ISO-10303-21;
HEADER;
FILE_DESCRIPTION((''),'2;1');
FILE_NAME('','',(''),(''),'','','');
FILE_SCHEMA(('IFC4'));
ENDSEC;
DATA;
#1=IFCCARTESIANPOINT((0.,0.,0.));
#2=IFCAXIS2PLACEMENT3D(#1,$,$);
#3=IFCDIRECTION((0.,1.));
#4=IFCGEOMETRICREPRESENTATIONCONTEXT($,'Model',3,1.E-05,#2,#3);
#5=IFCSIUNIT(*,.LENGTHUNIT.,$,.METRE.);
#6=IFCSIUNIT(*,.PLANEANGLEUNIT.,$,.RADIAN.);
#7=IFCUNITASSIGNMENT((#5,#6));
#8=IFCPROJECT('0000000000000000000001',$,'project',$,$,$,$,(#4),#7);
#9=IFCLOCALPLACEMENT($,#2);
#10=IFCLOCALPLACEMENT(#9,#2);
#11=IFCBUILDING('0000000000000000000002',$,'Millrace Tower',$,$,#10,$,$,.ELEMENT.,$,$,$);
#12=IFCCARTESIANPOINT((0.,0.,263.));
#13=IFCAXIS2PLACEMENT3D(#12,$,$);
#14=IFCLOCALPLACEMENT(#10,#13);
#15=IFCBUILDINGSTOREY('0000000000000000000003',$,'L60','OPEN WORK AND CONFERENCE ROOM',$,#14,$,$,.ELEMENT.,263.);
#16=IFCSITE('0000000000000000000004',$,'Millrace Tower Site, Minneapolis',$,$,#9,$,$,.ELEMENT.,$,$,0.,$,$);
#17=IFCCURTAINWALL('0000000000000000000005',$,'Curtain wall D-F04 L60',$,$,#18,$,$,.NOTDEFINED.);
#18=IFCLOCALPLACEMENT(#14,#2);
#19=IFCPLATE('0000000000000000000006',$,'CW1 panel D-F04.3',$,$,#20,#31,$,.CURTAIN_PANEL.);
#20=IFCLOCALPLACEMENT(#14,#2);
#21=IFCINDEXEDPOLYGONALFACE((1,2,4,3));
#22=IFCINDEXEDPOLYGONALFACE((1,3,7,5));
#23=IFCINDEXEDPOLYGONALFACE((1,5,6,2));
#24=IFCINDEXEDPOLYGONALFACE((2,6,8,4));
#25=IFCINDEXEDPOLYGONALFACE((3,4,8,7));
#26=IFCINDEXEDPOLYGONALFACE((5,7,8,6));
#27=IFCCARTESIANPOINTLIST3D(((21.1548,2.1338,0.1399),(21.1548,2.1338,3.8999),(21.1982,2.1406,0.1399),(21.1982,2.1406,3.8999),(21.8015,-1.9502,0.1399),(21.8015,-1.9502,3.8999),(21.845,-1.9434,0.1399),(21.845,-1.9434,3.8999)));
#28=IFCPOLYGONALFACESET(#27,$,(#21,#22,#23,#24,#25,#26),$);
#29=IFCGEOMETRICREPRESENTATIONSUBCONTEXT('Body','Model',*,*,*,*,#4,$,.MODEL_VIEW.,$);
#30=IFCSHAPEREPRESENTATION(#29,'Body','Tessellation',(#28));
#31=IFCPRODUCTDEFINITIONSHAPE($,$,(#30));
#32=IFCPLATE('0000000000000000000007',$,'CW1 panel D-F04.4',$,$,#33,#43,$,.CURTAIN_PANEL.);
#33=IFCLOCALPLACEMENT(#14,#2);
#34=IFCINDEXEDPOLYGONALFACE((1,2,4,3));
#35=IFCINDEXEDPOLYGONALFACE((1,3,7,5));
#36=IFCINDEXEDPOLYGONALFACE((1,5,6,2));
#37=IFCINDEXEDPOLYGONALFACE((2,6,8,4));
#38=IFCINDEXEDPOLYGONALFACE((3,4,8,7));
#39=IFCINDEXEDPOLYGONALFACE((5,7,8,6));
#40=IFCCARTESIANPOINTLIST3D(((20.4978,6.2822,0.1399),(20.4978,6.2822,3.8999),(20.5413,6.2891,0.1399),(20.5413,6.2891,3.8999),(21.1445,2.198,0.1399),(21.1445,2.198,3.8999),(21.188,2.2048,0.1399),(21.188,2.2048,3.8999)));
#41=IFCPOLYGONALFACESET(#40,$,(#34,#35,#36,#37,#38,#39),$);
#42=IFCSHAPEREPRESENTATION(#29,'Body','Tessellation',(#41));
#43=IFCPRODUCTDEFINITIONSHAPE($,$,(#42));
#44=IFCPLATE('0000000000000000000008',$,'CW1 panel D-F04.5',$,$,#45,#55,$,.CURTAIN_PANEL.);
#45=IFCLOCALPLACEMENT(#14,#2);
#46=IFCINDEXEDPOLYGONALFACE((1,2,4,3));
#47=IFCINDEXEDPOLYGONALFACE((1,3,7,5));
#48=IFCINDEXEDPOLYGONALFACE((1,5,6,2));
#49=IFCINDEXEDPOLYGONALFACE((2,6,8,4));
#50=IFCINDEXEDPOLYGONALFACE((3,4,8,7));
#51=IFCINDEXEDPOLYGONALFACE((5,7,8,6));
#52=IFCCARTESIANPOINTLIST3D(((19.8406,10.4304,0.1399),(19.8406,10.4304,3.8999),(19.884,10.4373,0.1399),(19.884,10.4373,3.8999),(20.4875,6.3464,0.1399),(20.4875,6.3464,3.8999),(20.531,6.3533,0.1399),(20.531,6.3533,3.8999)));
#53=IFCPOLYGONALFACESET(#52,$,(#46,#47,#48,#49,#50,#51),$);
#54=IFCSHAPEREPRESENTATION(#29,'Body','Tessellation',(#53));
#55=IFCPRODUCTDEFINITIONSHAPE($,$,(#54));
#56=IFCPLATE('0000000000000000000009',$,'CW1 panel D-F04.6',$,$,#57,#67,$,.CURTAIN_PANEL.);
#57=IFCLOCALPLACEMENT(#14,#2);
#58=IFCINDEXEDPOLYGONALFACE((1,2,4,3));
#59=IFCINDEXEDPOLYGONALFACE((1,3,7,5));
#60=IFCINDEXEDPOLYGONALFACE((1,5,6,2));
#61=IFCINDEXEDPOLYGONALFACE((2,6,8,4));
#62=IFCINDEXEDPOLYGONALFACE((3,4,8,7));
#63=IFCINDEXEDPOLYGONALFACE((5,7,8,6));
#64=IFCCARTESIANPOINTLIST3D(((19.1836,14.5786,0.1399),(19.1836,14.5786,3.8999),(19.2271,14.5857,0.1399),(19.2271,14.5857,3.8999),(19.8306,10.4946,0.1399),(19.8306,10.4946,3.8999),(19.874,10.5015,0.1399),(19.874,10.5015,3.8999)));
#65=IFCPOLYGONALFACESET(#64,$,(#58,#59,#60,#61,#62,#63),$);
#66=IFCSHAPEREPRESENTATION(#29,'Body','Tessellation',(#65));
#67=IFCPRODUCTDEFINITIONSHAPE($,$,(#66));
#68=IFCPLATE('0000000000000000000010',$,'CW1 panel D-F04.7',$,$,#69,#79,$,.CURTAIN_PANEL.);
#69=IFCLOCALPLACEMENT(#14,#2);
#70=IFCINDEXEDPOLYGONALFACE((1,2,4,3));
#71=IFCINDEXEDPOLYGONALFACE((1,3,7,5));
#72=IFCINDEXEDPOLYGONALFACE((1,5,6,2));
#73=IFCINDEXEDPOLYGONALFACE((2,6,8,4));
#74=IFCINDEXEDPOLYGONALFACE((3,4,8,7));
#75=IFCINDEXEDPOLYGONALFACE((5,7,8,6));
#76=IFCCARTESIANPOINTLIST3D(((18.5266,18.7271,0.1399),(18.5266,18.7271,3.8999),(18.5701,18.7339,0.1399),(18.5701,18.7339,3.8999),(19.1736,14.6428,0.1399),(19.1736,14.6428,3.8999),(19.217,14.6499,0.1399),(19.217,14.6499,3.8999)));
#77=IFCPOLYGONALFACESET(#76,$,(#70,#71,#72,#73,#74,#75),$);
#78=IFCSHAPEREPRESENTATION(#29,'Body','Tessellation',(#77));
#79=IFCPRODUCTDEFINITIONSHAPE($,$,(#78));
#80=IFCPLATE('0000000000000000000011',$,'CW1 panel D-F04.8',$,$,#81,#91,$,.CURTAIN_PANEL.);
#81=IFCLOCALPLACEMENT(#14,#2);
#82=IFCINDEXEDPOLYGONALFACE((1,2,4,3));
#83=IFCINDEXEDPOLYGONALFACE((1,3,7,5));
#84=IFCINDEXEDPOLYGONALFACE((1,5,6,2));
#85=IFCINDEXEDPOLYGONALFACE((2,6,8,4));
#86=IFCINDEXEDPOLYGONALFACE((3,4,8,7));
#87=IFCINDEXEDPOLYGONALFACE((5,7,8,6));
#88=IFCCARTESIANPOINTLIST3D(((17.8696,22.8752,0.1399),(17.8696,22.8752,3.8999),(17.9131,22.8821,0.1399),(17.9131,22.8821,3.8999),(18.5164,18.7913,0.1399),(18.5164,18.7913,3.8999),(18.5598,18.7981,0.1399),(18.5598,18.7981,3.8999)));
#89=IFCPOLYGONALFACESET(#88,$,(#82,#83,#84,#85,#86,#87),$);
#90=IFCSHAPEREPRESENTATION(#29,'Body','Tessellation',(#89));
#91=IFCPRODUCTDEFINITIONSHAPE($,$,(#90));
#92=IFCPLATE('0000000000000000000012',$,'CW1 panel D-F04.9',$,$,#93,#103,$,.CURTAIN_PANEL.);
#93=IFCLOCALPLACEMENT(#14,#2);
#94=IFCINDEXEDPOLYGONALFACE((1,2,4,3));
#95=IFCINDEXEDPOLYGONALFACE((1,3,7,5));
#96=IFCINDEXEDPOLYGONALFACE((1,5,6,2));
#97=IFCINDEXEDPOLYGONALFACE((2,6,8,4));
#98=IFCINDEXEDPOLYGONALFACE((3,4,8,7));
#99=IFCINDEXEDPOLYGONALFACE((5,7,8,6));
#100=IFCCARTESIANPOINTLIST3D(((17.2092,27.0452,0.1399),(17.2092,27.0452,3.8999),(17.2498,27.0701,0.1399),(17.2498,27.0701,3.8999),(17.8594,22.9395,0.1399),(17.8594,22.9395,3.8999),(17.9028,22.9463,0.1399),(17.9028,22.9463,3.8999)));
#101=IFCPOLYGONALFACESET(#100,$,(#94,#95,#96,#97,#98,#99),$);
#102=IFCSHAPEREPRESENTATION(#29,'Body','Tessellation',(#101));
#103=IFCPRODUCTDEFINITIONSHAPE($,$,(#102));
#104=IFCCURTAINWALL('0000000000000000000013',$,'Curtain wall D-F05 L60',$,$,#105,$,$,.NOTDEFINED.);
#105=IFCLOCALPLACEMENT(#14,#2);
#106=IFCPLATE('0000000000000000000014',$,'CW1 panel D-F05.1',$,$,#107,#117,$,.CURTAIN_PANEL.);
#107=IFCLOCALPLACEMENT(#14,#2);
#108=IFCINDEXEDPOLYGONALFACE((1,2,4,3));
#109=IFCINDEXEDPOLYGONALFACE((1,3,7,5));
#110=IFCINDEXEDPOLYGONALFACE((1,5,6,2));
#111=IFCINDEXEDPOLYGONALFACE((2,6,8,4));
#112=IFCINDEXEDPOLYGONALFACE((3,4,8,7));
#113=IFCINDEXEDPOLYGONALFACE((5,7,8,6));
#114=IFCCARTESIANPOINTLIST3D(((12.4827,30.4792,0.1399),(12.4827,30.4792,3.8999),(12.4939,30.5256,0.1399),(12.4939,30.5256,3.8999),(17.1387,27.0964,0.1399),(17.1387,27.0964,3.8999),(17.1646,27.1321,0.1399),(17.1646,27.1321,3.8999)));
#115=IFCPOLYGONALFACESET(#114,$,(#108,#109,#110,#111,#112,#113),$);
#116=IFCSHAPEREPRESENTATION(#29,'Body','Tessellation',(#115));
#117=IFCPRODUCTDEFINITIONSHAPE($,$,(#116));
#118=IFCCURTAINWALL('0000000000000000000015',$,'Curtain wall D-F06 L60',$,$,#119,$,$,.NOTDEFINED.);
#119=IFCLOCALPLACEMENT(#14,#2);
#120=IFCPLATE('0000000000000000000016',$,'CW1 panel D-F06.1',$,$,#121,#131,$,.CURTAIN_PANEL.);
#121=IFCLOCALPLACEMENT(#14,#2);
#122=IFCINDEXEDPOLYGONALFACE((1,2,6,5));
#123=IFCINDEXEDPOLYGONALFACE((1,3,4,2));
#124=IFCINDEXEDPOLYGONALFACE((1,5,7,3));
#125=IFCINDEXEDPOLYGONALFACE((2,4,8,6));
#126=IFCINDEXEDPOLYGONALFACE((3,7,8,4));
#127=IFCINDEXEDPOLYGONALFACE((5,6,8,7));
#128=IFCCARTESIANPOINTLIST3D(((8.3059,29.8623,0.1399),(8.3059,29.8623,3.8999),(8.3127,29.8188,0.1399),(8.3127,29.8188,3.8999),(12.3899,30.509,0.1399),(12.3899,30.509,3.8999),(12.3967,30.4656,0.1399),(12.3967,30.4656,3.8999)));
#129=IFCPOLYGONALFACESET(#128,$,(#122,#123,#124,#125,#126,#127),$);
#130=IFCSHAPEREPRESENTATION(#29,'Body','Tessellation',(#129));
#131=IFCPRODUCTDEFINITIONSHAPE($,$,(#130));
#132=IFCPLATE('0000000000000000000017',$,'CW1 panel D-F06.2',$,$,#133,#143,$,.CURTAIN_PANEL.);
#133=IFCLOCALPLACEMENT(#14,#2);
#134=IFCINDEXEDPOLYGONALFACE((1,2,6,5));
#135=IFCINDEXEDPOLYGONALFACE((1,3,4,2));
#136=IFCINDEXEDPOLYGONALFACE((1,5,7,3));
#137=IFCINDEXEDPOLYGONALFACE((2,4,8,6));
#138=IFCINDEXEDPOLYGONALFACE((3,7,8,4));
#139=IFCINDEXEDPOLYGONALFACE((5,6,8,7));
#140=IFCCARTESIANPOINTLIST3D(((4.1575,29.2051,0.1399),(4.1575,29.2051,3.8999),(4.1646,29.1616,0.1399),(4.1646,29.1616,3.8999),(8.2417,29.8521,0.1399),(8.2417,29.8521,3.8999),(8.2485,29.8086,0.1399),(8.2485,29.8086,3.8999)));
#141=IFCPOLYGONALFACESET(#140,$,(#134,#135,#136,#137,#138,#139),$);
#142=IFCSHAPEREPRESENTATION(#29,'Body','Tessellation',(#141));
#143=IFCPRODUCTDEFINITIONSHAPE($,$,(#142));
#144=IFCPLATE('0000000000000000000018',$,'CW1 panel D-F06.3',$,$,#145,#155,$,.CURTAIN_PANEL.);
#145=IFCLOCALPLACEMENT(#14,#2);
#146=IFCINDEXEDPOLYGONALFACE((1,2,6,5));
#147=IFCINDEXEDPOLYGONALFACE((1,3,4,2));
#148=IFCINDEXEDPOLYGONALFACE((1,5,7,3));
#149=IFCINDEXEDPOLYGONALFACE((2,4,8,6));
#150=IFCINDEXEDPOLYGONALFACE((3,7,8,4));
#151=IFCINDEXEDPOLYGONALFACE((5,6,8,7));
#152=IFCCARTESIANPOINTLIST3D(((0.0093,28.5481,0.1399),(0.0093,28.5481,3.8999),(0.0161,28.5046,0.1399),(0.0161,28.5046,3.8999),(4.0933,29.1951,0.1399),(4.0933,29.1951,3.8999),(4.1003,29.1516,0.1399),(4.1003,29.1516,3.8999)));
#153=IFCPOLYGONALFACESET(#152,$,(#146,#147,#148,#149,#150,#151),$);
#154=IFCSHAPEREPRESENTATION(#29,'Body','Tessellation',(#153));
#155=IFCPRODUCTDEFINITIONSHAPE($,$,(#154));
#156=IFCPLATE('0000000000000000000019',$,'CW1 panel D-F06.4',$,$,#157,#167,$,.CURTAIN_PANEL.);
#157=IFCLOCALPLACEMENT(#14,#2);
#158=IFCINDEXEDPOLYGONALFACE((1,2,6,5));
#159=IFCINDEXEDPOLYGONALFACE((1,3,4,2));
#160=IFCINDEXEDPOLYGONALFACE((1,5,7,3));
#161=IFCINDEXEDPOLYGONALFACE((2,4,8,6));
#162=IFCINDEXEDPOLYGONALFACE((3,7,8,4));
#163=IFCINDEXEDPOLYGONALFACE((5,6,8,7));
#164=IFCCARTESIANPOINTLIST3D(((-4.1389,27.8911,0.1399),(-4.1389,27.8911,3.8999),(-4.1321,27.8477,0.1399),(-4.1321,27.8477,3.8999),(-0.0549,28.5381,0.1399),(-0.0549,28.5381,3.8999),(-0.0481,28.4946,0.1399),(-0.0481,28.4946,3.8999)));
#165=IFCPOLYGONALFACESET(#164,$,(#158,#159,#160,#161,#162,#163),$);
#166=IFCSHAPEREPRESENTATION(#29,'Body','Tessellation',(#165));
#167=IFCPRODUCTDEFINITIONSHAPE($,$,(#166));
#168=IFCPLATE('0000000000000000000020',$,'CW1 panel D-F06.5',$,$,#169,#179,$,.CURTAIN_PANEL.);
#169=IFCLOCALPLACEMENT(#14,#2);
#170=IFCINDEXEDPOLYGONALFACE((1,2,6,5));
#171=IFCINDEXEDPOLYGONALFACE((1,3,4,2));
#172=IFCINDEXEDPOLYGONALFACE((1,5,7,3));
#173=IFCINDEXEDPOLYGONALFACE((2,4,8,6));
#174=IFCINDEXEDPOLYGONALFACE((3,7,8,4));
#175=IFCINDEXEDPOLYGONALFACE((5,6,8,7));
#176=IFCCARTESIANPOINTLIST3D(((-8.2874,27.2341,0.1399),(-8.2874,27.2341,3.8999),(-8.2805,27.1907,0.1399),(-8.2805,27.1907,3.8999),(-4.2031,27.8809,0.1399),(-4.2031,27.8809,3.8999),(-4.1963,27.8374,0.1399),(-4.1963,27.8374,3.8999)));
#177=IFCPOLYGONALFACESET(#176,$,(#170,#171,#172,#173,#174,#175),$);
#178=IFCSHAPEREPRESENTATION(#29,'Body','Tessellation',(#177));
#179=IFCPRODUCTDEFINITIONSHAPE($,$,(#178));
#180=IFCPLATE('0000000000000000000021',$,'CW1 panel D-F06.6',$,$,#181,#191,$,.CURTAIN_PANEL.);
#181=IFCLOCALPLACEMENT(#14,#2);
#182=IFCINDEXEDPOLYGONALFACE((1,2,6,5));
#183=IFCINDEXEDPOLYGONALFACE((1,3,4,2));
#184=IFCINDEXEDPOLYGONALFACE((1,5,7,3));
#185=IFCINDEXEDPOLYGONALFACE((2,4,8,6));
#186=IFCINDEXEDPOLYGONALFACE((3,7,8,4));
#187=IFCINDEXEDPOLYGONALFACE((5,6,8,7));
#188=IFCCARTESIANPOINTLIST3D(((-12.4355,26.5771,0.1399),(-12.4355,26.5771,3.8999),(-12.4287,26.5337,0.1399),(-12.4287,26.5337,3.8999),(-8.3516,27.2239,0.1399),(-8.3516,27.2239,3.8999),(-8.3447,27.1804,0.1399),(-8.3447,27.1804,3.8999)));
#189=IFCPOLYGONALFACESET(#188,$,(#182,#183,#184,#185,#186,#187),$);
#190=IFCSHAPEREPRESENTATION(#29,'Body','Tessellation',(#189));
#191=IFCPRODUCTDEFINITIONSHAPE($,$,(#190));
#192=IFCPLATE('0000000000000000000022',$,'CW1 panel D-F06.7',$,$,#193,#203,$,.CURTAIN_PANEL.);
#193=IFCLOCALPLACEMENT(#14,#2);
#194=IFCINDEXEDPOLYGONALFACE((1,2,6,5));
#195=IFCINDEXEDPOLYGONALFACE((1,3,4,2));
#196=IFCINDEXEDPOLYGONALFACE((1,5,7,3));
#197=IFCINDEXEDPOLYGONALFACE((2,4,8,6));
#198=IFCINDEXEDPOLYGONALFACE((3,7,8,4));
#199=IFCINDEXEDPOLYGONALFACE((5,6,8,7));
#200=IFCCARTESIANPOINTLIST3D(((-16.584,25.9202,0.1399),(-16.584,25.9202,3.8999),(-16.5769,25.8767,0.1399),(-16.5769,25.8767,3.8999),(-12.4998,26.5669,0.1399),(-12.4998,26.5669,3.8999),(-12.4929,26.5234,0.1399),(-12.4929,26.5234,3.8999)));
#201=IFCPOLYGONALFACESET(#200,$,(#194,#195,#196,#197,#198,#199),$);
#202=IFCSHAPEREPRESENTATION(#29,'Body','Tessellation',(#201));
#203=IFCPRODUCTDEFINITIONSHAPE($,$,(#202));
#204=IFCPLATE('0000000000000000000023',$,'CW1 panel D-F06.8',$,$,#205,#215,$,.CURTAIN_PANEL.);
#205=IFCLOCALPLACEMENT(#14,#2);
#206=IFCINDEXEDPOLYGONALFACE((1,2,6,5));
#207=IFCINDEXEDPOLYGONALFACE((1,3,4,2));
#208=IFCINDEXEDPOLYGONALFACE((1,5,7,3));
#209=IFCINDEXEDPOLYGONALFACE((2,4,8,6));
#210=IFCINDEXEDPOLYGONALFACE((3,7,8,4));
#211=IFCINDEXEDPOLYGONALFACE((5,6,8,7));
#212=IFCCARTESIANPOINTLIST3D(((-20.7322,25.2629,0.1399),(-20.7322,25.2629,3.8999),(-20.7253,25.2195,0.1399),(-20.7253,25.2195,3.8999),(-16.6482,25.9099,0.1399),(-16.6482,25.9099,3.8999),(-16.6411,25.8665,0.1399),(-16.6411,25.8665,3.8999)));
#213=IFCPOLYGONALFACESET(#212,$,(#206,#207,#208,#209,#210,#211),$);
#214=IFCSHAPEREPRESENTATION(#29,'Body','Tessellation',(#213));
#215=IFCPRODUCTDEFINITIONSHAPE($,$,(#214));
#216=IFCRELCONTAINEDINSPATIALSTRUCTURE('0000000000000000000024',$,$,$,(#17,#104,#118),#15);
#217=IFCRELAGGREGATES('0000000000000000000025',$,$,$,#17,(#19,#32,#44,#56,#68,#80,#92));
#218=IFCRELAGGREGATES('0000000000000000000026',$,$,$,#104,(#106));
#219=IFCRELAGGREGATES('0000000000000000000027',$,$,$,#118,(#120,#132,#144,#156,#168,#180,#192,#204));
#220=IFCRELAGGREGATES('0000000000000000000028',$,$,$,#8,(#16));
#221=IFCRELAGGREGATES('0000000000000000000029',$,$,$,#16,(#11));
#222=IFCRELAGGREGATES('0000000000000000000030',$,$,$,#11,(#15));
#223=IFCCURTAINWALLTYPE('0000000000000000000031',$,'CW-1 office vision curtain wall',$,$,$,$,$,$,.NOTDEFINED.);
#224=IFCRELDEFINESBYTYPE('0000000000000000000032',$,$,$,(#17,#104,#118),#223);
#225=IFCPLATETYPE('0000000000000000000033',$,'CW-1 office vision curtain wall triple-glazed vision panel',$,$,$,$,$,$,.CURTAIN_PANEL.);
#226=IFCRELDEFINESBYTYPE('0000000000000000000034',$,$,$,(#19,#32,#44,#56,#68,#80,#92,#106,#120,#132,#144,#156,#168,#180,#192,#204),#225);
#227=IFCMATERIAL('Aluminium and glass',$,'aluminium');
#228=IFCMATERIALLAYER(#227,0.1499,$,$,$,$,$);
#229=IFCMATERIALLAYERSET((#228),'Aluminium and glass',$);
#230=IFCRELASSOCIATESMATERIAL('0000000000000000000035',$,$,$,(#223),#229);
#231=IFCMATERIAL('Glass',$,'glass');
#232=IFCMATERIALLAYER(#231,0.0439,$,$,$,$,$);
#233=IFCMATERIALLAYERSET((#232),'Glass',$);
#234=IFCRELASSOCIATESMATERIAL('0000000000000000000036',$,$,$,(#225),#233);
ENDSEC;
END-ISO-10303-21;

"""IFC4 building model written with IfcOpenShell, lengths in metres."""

from ifc_helpers import new_model, si_unit, direction, frame, origin, place, context, subcontext, project, spatial, polyline, outline, extrude, material, layer, layer_set, type_object, element, aggregate, save


model = new_model("IFC4")

# Units and contexts
model_context = context("Model", 3, precision=1e-05, world=origin(), true_north=direction((0.0, 1.0)))
body_context = subcontext(model_context, "Body", "Model", "MODEL_VIEW")
ifc_project = project(units=[si_unit("LENGTHUNIT", "METRE"), si_unit("PLANEANGLEUNIT", "RADIAN")], contexts=[model_context])

# Site, building, storey
site_placement = place(None, origin())
site = spatial("IfcSite", under=ifc_project, at=site_placement, Name="Millrace Tower Site, Minneapolis", CompositionType="ELEMENT", RefElevation=0.0)
building_placement = place(site_placement, origin())
building = spatial("IfcBuilding", under=site, at=building_placement, Name="Millrace Tower", CompositionType="ELEMENT")
storey_placement = place(building_placement, frame((0.0, 0.0, 263.0)))
storey = spatial("IfcBuildingStorey", under=building, at=storey_placement, Name="L60", Description="OPEN WORK AND CONFERENCE ROOM", CompositionType="ELEMENT", Elevation=263.0)

# Curtain wall, plates
ifc_material_1 = material(Name="Aluminium and glass", Category="aluminium")
ifc_layer_1 = layer(ifc_material_1, 0.1499)
ifc_layer_set_1 = layer_set([ifc_layer_1], Name="Aluminium and glass")
curtain_wall_type = type_object("IfcCurtainWallType", Name="CW-1 office vision curtain wall", PredefinedType="NOTDEFINED", material=ifc_layer_set_1)
placement_1 = place(storey_placement, origin())
curtain_wall_1 = element("IfcCurtainWall", 1, at=placement_1, inside=storey, type_object=curtain_wall_type, Name="Curtain wall D-F04 L60", PredefinedType="NOTDEFINED")
ifc_material_2 = material(Name="Glass", Category="glass")
ifc_layer_2 = layer(ifc_material_2, 0.0439)
ifc_layer_set_2 = layer_set([ifc_layer_2], Name="Glass")
plate_type = type_object("IfcPlateType", Name="CW-1 office vision curtain wall triple-glazed vision panel", PredefinedType="CURTAIN_PANEL", material=ifc_layer_set_2)
placement_2 = place(storey_placement, frame((0.0, 0.0, 0.1399)))
plate_1 = element("IfcPlate", 2, at=placement_2, type_object=plate_type, Name="CW1 panel D-F04.3", PredefinedType="CURTAIN_PANEL", context=body_context, shape_type="SweptSolid", body=[
    extrude(outline(polyline([(21.845, -1.9434), (21.1982, 2.1406), (21.1548, 2.1338), (21.8015, -1.9502), (21.845, -1.9434)])), origin(), (0.0, 0.0, 1.0), 3.76),
])
plate_2 = element("IfcPlate", 3, at=placement_2, type_object=plate_type, Name="CW1 panel D-F04.4", PredefinedType="CURTAIN_PANEL", context=body_context, shape_type="SweptSolid", body=[
    extrude(outline(polyline([(21.188, 2.2048), (20.5413, 6.2891), (20.4978, 6.2822), (21.1445, 2.198), (21.188, 2.2048)])), origin(), (0.0, 0.0, 1.0), 3.76),
])
plate_3 = element("IfcPlate", 4, at=placement_2, type_object=plate_type, Name="CW1 panel D-F04.5", PredefinedType="CURTAIN_PANEL", context=body_context, shape_type="SweptSolid", body=[
    extrude(outline(polyline([(20.531, 6.3533), (19.884, 10.4373), (19.8406, 10.4304), (20.4875, 6.3464), (20.531, 6.3533)])), origin(), (0.0, 0.0, 1.0), 3.76),
])
plate_4 = element("IfcPlate", 5, at=placement_2, type_object=plate_type, Name="CW1 panel D-F04.6", PredefinedType="CURTAIN_PANEL", context=body_context, shape_type="SweptSolid", body=[
    extrude(outline(polyline([(19.874, 10.5015), (19.2271, 14.5857), (19.1836, 14.5786), (19.8306, 10.4946), (19.874, 10.5015)])), origin(), (0.0, 0.0, 1.0), 3.76),
])
plate_5 = element("IfcPlate", 6, at=placement_2, type_object=plate_type, Name="CW1 panel D-F04.7", PredefinedType="CURTAIN_PANEL", context=body_context, shape_type="SweptSolid", body=[
    extrude(outline(polyline([(19.217, 14.6499), (18.5701, 18.7339), (18.5266, 18.7271), (19.1736, 14.6428), (19.217, 14.6499)])), origin(), (0.0, 0.0, 1.0), 3.76),
])
plate_6 = element("IfcPlate", 7, at=placement_2, type_object=plate_type, Name="CW1 panel D-F04.8", PredefinedType="CURTAIN_PANEL", context=body_context, shape_type="SweptSolid", body=[
    extrude(outline(polyline([(18.5598, 18.7981), (17.9131, 22.8821), (17.8696, 22.8752), (18.5164, 18.7913), (18.5598, 18.7981)])), origin(), (0.0, 0.0, 1.0), 3.76),
])
plate_7 = element("IfcPlate", 8, at=placement_2, type_object=plate_type, Name="CW1 panel D-F04.9", PredefinedType="CURTAIN_PANEL", context=body_context, shape_type="SweptSolid", body=[
    extrude(outline(polyline([(17.9028, 22.9463), (17.2498, 27.0701), (17.2092, 27.0452), (17.8594, 22.9395), (17.9028, 22.9463)])), origin(), (0.0, 0.0, 1.0), 3.76),
])
aggregate(curtain_wall_1, [plate_1, plate_2, plate_3, plate_4, plate_5, plate_6, plate_7])

# Curtain wall, plate
curtain_wall_2 = element("IfcCurtainWall", 9, at=placement_1, inside=storey, type_object=curtain_wall_type, Name="Curtain wall D-F05 L60", PredefinedType="NOTDEFINED")
plate_8 = element("IfcPlate", 10, at=placement_2, type_object=plate_type, Name="CW1 panel D-F05.1", PredefinedType="CURTAIN_PANEL", context=body_context, shape_type="SweptSolid", body=[
    extrude(outline(polyline([(17.1646, 27.1321), (12.4939, 30.5256), (12.4827, 30.4792), (17.1387, 27.0964), (17.1646, 27.1321)])), origin(), (0.0, 0.0, 1.0), 3.76),
])
aggregate(curtain_wall_2, [plate_8])

# Curtain wall, plates
curtain_wall_3 = element("IfcCurtainWall", 11, at=placement_1, inside=storey, type_object=curtain_wall_type, Name="Curtain wall D-F06 L60", PredefinedType="NOTDEFINED")
plate_9 = element("IfcPlate", 12, at=placement_2, type_object=plate_type, Name="CW1 panel D-F06.1", PredefinedType="CURTAIN_PANEL", context=body_context, shape_type="SweptSolid", body=[
    extrude(outline(polyline([(12.3899, 30.509), (8.3059, 29.8623), (8.3127, 29.8188), (12.3967, 30.4656), (12.3899, 30.509)])), origin(), (0.0, 0.0, 1.0), 3.76),
])
plate_10 = element("IfcPlate", 13, at=placement_2, type_object=plate_type, Name="CW1 panel D-F06.2", PredefinedType="CURTAIN_PANEL", context=body_context, shape_type="SweptSolid", body=[
    extrude(outline(polyline([(8.2417, 29.8521), (4.1575, 29.2051), (4.1646, 29.1616), (8.2485, 29.8086), (8.2417, 29.8521)])), origin(), (0.0, 0.0, 1.0), 3.76),
])
plate_11 = element("IfcPlate", 14, at=placement_2, type_object=plate_type, Name="CW1 panel D-F06.3", PredefinedType="CURTAIN_PANEL", context=body_context, shape_type="SweptSolid", body=[
    extrude(outline(polyline([(4.0933, 29.1951), (0.0093, 28.5481), (0.0161, 28.5046), (4.1003, 29.1516), (4.0933, 29.1951)])), origin(), (0.0, 0.0, 1.0), 3.76),
])
plate_12 = element("IfcPlate", 15, at=placement_2, type_object=plate_type, Name="CW1 panel D-F06.4", PredefinedType="CURTAIN_PANEL", context=body_context, shape_type="SweptSolid", body=[
    extrude(outline(polyline([(-0.0549, 28.5381), (-4.1389, 27.8911), (-4.1321, 27.8477), (-0.0481, 28.4946), (-0.0549, 28.5381)])), origin(), (0.0, 0.0, 1.0), 3.76),
])
plate_13 = element("IfcPlate", 16, at=placement_2, type_object=plate_type, Name="CW1 panel D-F06.5", PredefinedType="CURTAIN_PANEL", context=body_context, shape_type="SweptSolid", body=[
    extrude(outline(polyline([(-4.2031, 27.8809), (-8.2874, 27.2341), (-8.2805, 27.1907), (-4.1963, 27.8374), (-4.2031, 27.8809)])), origin(), (0.0, 0.0, 1.0), 3.76),
])
plate_14 = element("IfcPlate", 17, at=placement_2, type_object=plate_type, Name="CW1 panel D-F06.6", PredefinedType="CURTAIN_PANEL", context=body_context, shape_type="SweptSolid", body=[
    extrude(outline(polyline([(-8.3516, 27.2239), (-12.4355, 26.5771), (-12.4287, 26.5337), (-8.3447, 27.1804), (-8.3516, 27.2239)])), origin(), (0.0, 0.0, 1.0), 3.76),
])
plate_15 = element("IfcPlate", 18, at=placement_2, type_object=plate_type, Name="CW1 panel D-F06.7", PredefinedType="CURTAIN_PANEL", context=body_context, shape_type="SweptSolid", body=[
    extrude(outline(polyline([(-12.4998, 26.5669), (-16.584, 25.9202), (-16.5769, 25.8767), (-12.4929, 26.5234), (-12.4998, 26.5669)])), origin(), (0.0, 0.0, 1.0), 3.76),
])
plate_16 = element("IfcPlate", 19, at=placement_2, type_object=plate_type, Name="CW1 panel D-F06.8", PredefinedType="CURTAIN_PANEL", context=body_context, shape_type="SweptSolid", body=[
    extrude(outline(polyline([(-16.6482, 25.9099), (-20.7322, 25.2629), (-20.7253, 25.2195), (-16.6411, 25.8665), (-16.6482, 25.9099)])), origin(), (0.0, 0.0, 1.0), 3.76),
])
aggregate(curtain_wall_3, [plate_9, plate_10, plate_11, plate_12, plate_13, plate_14, plate_15, plate_16])

save(model, "model.ifc")
